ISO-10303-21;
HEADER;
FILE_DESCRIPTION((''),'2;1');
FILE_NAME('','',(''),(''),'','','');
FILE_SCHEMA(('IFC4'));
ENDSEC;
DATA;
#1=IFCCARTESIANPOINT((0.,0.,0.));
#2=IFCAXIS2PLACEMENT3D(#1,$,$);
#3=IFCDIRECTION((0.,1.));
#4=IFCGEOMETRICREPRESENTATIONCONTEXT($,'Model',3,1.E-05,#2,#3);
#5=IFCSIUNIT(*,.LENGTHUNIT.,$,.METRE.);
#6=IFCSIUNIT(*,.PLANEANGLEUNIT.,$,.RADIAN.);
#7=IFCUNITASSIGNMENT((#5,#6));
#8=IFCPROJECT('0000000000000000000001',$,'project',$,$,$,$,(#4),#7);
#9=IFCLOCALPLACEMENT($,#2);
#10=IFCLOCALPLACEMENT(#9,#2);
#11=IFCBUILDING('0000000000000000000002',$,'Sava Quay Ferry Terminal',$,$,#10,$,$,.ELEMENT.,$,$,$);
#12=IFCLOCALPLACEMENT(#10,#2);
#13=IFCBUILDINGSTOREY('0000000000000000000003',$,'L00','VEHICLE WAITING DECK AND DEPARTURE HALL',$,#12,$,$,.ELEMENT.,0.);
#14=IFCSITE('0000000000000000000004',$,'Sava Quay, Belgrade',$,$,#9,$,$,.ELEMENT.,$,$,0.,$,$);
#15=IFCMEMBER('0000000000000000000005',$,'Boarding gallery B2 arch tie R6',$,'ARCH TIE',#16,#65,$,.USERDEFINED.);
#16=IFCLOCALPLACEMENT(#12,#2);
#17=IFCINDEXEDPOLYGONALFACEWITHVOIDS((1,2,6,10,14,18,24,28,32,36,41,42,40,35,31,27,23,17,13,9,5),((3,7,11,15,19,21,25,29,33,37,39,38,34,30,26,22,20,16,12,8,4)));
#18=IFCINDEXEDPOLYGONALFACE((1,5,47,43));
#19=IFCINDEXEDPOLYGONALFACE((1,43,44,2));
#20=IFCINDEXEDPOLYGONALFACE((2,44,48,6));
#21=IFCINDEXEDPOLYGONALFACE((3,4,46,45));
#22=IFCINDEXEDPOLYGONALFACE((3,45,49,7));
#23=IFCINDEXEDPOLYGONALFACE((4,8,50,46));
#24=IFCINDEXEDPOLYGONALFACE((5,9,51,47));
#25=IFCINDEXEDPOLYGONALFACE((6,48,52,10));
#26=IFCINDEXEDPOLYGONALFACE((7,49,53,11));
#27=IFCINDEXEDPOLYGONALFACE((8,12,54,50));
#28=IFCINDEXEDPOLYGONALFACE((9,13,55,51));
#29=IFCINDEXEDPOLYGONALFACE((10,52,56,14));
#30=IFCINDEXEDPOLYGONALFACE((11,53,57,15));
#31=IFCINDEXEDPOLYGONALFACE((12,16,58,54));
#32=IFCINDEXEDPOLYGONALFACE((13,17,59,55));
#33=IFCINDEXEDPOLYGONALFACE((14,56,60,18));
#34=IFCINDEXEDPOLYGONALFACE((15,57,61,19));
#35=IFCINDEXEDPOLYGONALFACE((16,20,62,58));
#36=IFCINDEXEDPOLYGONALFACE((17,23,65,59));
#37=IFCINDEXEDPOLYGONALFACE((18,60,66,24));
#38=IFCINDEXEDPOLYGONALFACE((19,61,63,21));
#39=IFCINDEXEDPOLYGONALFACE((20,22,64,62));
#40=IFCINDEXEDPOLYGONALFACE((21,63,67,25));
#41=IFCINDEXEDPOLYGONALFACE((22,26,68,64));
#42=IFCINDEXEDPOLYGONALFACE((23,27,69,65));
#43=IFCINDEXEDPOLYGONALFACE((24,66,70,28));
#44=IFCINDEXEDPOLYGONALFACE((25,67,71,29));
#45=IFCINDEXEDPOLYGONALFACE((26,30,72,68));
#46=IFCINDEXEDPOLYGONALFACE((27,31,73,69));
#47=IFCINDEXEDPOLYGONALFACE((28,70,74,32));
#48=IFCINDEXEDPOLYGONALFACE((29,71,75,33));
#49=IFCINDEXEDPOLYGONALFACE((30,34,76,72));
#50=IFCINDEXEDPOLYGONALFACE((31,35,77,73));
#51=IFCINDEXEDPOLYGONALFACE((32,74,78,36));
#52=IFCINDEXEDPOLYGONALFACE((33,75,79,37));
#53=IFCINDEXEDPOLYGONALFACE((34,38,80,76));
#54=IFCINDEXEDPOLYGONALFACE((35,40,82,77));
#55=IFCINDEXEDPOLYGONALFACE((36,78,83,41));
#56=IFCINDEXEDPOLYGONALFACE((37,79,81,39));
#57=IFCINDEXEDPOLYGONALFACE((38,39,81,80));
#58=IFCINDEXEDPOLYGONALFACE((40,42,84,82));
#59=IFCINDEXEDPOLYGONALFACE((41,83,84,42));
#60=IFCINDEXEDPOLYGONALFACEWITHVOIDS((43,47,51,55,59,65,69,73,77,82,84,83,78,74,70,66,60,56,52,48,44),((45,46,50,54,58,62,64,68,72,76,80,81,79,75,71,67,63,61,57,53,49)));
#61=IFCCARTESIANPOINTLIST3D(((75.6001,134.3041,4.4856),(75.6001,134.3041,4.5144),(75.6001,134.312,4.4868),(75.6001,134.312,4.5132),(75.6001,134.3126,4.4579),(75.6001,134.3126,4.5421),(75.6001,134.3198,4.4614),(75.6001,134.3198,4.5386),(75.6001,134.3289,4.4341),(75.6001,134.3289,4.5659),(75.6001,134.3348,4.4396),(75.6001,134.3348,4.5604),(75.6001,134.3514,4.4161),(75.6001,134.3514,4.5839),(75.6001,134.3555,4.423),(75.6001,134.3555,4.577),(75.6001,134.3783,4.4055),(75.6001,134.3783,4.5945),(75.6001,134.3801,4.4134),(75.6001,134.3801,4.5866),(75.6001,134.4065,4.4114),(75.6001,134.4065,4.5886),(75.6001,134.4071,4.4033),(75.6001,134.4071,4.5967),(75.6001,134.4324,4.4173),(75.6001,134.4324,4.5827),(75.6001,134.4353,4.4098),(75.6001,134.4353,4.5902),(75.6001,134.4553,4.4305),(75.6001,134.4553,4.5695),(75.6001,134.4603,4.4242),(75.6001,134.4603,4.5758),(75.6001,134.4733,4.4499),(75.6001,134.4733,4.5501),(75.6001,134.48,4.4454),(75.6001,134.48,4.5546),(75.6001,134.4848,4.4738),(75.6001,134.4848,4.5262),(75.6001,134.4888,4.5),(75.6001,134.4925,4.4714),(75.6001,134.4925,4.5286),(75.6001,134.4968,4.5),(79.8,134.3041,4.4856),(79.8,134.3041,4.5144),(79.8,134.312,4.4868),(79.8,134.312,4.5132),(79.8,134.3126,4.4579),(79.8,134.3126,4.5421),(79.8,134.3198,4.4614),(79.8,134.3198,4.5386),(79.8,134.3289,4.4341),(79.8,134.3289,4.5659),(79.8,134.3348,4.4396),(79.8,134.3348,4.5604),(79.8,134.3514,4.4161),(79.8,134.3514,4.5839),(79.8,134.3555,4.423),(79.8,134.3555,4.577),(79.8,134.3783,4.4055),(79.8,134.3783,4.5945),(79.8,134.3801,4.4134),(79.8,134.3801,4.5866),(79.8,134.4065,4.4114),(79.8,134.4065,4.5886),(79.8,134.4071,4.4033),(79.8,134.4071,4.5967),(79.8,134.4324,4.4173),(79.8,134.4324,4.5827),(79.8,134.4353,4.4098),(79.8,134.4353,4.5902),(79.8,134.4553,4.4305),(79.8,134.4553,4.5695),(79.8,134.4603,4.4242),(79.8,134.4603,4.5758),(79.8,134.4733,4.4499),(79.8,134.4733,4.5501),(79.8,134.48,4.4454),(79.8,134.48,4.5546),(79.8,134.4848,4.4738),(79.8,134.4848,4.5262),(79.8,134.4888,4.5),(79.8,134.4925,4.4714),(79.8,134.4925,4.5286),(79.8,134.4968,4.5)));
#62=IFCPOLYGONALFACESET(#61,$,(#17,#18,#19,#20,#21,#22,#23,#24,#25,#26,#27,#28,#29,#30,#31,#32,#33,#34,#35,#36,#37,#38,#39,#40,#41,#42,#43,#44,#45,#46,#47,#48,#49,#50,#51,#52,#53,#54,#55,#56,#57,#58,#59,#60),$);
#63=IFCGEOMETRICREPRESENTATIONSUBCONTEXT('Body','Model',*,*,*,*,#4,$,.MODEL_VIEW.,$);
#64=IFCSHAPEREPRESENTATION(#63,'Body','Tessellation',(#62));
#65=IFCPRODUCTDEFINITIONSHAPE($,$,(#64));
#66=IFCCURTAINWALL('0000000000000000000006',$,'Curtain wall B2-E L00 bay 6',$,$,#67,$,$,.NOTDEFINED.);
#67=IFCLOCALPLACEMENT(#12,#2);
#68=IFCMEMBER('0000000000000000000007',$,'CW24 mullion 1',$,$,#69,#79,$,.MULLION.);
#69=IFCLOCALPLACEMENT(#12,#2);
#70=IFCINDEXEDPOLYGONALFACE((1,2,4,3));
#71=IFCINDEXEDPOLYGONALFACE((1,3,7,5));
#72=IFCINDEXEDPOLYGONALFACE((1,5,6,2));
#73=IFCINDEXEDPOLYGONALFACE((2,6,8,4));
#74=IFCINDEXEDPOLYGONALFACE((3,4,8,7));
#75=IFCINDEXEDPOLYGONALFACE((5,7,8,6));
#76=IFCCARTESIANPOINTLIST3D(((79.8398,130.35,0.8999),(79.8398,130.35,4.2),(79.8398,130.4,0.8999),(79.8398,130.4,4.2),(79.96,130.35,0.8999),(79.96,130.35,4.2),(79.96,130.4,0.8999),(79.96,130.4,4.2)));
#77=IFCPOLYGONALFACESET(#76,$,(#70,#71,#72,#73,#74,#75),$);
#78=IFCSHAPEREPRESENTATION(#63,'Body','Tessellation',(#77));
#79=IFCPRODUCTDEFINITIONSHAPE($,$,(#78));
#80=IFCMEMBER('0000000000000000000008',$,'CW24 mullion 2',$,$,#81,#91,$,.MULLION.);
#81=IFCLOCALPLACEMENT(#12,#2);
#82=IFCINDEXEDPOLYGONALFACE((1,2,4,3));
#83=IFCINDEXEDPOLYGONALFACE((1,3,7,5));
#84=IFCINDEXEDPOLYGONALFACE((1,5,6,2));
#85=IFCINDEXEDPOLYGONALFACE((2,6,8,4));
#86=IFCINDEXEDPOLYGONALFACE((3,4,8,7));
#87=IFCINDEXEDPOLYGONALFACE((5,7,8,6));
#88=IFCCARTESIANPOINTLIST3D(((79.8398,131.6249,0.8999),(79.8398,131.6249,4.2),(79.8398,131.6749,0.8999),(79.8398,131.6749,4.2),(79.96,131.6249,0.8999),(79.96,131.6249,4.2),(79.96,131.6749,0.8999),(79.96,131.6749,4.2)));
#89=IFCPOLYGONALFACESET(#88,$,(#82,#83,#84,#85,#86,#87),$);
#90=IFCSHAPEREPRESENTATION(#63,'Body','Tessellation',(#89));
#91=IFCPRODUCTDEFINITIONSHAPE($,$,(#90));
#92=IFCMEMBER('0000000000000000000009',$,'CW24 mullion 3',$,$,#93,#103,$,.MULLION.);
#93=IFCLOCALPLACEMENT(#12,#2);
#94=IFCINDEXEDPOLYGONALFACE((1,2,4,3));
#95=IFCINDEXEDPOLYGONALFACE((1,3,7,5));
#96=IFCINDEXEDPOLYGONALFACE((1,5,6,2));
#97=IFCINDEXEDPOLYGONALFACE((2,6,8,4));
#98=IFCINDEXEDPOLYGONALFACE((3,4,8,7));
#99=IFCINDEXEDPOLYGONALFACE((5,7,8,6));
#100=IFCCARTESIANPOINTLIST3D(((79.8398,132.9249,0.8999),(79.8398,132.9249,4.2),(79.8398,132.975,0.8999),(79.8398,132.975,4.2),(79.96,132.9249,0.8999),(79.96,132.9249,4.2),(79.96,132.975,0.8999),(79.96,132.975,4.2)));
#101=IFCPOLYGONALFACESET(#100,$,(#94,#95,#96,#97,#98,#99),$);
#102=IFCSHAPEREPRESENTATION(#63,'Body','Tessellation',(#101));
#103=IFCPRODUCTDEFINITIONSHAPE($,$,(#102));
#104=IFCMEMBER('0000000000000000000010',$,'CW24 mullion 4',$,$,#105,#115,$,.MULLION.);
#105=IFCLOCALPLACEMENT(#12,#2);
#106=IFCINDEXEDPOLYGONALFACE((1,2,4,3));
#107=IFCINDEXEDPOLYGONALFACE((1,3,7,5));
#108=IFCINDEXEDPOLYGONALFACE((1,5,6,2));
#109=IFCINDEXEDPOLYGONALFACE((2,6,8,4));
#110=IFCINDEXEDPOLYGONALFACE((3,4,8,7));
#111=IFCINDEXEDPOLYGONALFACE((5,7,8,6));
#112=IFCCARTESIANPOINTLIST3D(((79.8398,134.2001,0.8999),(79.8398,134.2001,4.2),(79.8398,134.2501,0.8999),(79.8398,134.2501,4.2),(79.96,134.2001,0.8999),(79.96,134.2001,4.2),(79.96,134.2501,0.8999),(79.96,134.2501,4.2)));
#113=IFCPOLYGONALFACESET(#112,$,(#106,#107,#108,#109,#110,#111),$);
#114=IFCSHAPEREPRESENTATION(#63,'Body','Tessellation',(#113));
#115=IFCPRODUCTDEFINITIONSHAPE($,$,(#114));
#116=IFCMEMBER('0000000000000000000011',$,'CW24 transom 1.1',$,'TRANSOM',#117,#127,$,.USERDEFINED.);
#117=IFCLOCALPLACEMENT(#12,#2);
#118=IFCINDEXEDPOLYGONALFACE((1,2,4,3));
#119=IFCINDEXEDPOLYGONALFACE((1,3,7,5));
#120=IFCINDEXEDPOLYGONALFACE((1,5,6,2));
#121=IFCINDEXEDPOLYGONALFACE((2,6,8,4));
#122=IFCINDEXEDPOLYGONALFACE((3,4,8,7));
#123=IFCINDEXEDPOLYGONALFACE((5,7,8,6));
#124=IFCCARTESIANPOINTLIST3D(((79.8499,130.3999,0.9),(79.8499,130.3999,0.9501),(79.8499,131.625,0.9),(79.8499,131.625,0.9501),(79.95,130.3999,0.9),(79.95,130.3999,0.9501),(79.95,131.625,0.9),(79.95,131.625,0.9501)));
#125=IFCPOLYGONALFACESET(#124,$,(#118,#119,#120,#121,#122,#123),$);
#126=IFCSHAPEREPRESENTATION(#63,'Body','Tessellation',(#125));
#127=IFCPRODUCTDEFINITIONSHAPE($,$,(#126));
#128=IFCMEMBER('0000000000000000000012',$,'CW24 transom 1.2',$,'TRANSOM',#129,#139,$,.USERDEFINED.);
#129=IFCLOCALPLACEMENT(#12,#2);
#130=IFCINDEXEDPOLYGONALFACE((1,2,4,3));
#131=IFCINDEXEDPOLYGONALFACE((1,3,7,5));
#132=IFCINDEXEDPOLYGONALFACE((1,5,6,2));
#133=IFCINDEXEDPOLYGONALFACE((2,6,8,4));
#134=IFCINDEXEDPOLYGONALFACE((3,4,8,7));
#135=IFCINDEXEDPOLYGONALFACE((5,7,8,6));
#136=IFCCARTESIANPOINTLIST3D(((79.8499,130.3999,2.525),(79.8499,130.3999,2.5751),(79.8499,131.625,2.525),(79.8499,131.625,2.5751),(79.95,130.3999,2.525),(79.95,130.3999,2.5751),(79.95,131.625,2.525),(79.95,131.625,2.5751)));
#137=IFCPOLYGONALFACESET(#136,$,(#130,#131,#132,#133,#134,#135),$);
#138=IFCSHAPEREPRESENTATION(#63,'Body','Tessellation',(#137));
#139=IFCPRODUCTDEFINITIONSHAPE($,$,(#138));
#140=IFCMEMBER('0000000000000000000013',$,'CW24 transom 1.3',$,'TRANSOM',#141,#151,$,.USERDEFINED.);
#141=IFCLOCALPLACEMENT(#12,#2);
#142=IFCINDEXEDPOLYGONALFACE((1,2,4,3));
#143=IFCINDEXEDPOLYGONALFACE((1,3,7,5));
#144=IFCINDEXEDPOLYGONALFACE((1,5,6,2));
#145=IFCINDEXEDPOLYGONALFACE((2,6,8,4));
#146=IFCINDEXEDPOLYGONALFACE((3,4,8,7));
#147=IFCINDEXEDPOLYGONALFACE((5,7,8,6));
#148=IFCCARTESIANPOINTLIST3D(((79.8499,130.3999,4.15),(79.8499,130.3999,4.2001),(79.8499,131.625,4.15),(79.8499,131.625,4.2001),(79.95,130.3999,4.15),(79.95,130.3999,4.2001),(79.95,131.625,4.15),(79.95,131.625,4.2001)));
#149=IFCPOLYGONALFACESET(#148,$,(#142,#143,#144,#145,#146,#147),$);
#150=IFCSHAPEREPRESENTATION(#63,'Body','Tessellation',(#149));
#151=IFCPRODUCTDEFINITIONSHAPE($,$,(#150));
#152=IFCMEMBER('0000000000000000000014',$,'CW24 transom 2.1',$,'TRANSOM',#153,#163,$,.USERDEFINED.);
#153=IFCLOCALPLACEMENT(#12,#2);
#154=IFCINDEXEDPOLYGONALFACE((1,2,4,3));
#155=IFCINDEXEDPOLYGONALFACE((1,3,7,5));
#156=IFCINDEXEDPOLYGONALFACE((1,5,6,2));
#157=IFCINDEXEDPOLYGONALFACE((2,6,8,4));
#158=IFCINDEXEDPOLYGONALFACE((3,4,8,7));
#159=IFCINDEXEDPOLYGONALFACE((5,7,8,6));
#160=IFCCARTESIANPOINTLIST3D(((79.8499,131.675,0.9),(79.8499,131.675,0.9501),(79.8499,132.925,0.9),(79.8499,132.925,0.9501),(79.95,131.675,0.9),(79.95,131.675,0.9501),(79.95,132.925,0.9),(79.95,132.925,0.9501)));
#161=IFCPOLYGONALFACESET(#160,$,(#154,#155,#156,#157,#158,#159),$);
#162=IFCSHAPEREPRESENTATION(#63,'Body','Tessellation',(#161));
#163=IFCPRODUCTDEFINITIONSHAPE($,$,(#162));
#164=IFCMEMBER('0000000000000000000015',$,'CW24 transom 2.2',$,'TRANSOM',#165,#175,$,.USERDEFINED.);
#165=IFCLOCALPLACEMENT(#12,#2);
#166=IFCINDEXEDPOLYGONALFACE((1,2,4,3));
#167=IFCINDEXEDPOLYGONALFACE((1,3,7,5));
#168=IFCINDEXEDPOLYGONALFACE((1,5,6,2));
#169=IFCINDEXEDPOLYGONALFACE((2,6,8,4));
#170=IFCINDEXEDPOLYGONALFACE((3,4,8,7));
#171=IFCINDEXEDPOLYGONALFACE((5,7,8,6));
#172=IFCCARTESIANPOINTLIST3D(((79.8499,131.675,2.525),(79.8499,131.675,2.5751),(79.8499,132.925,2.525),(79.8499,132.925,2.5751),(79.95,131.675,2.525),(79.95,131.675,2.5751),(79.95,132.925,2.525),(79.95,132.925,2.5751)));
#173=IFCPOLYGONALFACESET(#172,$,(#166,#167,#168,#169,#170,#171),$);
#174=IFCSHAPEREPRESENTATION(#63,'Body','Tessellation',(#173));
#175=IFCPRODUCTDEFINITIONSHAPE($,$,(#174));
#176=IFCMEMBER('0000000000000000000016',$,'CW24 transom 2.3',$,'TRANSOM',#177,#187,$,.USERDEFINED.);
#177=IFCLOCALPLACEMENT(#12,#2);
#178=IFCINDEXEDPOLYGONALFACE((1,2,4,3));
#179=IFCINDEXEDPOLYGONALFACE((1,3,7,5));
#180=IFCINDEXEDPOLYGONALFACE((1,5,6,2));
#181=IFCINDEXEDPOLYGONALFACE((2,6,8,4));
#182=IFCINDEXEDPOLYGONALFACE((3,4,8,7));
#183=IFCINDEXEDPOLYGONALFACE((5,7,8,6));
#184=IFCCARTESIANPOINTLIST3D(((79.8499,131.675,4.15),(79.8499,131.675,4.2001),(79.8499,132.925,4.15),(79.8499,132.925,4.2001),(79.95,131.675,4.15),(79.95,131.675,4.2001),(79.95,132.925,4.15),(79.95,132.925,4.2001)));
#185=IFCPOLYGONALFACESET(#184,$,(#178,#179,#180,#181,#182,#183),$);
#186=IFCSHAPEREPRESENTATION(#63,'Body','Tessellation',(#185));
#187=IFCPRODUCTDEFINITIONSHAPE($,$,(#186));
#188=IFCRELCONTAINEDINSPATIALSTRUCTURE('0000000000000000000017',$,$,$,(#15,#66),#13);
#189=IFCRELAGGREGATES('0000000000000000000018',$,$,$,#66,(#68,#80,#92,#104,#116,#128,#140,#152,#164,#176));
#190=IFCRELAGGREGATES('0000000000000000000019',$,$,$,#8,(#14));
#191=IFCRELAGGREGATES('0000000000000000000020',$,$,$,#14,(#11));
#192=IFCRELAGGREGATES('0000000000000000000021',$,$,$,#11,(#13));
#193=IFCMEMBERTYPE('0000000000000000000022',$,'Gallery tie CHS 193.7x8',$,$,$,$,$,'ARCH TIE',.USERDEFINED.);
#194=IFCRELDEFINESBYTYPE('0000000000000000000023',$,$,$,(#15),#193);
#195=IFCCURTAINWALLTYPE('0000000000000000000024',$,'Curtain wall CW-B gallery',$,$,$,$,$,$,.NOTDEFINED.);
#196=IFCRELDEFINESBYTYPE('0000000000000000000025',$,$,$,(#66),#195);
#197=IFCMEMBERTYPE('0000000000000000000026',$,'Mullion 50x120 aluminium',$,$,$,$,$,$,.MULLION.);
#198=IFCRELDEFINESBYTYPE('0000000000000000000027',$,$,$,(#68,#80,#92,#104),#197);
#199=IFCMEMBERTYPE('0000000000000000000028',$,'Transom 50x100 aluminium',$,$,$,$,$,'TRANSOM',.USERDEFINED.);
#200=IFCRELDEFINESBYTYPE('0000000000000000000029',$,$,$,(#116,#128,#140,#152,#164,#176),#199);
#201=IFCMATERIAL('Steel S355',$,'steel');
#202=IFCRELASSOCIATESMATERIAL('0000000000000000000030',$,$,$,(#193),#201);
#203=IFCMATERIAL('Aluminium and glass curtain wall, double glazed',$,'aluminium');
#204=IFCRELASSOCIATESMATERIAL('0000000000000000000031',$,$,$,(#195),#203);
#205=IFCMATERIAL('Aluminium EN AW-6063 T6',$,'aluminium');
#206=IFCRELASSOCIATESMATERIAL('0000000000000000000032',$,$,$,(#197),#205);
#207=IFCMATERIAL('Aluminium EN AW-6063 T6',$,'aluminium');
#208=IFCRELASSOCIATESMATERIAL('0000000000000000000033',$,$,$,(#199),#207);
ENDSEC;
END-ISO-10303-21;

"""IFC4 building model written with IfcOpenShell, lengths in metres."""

from ifc_helpers import new_model, si_unit, direction, frame, origin, origin_2d, place, context, subcontext, project, spatial, rectangle, hollow_circle, extrude, material, material_profile, profile_set, type_object, element, aggregate, save


model = new_model("IFC4")

# Units and contexts
model_context = context("Model", 3, precision=1e-05, world=origin(), true_north=direction((0.0, 1.0)))
body_context = subcontext(model_context, "Body", "Model", "MODEL_VIEW")
ifc_project = project(units=[si_unit("LENGTHUNIT", "METRE"), si_unit("PLANEANGLEUNIT", "RADIAN")], contexts=[model_context])

# Site, building, storey
site_placement = place(None, origin())
site = spatial("IfcSite", under=ifc_project, at=site_placement, Name="Sava Quay, Belgrade", CompositionType="ELEMENT", RefElevation=0.0)
building_placement = place(site_placement, origin())
building = spatial("IfcBuilding", under=site, at=building_placement, Name="Sava Quay Ferry Terminal", CompositionType="ELEMENT")
storey_placement = place(building_placement, origin())
storey = spatial("IfcBuildingStorey", under=building, at=storey_placement, Name="L00", Description="VEHICLE WAITING DECK AND DEPARTURE HALL", CompositionType="ELEMENT", Elevation=0.0)

# Member
ifc_material_1 = material(Name="Steel S355", Category="steel")
ifc_material_profile_1 = material_profile(ifc_material_1, hollow_circle(Radius=0.0969, WallThickness=0.0081, at=origin_2d()), Name="CHS 193.7 x 8.0")
ifc_profile_set_1 = profile_set([ifc_material_profile_1], Name="Steel S355")
member_type_1 = type_object("IfcMemberType", Name="Gallery tie CHS 193.7x8", ElementType="ARCH TIE", PredefinedType="USERDEFINED", material=ifc_profile_set_1)
member_1_placement = place(storey_placement, frame((75.6001, 134.3999, 4.5), z_axis=(1.0, 0.0, 0.0), x_axis=(0.0, 1.0, 0.0)))
element("IfcMember", 1, at=member_1_placement, inside=storey, type_object=member_type_1, Name="Boarding gallery B2 arch tie R6", ObjectType="ARCH TIE", PredefinedType="USERDEFINED", context=body_context, shape_type="SweptSolid", body=[
    extrude(hollow_circle(Radius=0.0969, WallThickness=0.0081, at=origin_2d()), origin(), (0.0, 0.0, 1.0), 4.2),
])

# Curtain wall, members
ifc_material_2 = material(Name="Aluminium and glass curtain wall, double glazed", Category="aluminium")
curtain_wall_type = type_object("IfcCurtainWallType", Name="Curtain wall CW-B gallery", PredefinedType="NOTDEFINED", material=ifc_material_2)
curtain_wall_placement = place(storey_placement, origin())
curtain_wall = element("IfcCurtainWall", 2, at=curtain_wall_placement, inside=storey, type_object=curtain_wall_type, Name="Curtain wall B2-E L00 bay 6", PredefinedType="NOTDEFINED")
ifc_material_3 = material(Name="Aluminium EN AW-6063 T6", Category="aluminium")
ifc_material_profile_2 = material_profile(ifc_material_3, rectangle(XDim=0.1201, YDim=0.05, at=origin_2d()), Name="Mullion 50x120 aluminium")
ifc_profile_set_2 = profile_set([ifc_material_profile_2], Name="Aluminium EN AW-6063 T6")
member_type_2 = type_object("IfcMemberType", Name="Mullion 50x120 aluminium", PredefinedType="MULLION", material=ifc_profile_set_2)
member_2_placement = place(storey_placement, frame((79.8999, 130.375, 0.8999), z_axis=(0.0, 0.0, 1.0), x_axis=(-1.0, 0.0, 0.0)))
member_2 = element("IfcMember", 3, at=member_2_placement, type_object=member_type_2, Name="CW24 mullion 1", PredefinedType="MULLION", context=body_context, shape_type="SweptSolid", body=[
    extrude(rectangle(XDim=0.1201, YDim=0.05, at=origin_2d()), origin(), (0.0, 0.0, 1.0), 3.3),
])
member_3_placement = place(storey_placement, frame((79.8999, 131.6499, 0.8999), z_axis=(0.0, 0.0, 1.0), x_axis=(-1.0, 0.0, 0.0)))
member_3 = element("IfcMember", 4, at=member_3_placement, type_object=member_type_2, Name="CW24 mullion 2", PredefinedType="MULLION", context=body_context, shape_type="SweptSolid", body=[
    extrude(rectangle(XDim=0.1201, YDim=0.05, at=origin_2d()), origin(), (0.0, 0.0, 1.0), 3.3),
])
member_4_placement = place(storey_placement, frame((79.8999, 132.95, 0.8999), z_axis=(0.0, 0.0, 1.0), x_axis=(-1.0, 0.0, 0.0)))
member_4 = element("IfcMember", 5, at=member_4_placement, type_object=member_type_2, Name="CW24 mullion 3", PredefinedType="MULLION", context=body_context, shape_type="SweptSolid", body=[
    extrude(rectangle(XDim=0.1201, YDim=0.05, at=origin_2d()), origin(), (0.0, 0.0, 1.0), 3.3),
])
member_5_placement = place(storey_placement, frame((79.8999, 134.2251, 0.8999), z_axis=(0.0, 0.0, 1.0), x_axis=(-1.0, 0.0, 0.0)))
member_5 = element("IfcMember", 6, at=member_5_placement, type_object=member_type_2, Name="CW24 mullion 4", PredefinedType="MULLION", context=body_context, shape_type="SweptSolid", body=[
    extrude(rectangle(XDim=0.1201, YDim=0.05, at=origin_2d()), origin(), (0.0, 0.0, 1.0), 3.3),
])
ifc_material_4 = material(Name="Aluminium EN AW-6063 T6", Category="aluminium")
ifc_material_profile_3 = material_profile(ifc_material_4, rectangle(XDim=0.1001, YDim=0.05, at=origin_2d()), Name="Transom 50x100 aluminium")
ifc_profile_set_3 = profile_set([ifc_material_profile_3], Name="Aluminium EN AW-6063 T6")
member_type_3 = type_object("IfcMemberType", Name="Transom 50x100 aluminium", ElementType="TRANSOM", PredefinedType="USERDEFINED", material=ifc_profile_set_3)
member_6_placement = place(storey_placement, frame((79.8999, 130.3999, 0.925), z_axis=(0.0, 1.0, 0.0), x_axis=(-1.0, 0.0, 0.0)))
member_6 = element("IfcMember", 7, at=member_6_placement, type_object=member_type_3, Name="CW24 transom 1.1", ObjectType="TRANSOM", PredefinedType="USERDEFINED", context=body_context, shape_type="SweptSolid", body=[
    extrude(rectangle(XDim=0.1001, YDim=0.05, at=origin_2d()), origin(), (0.0, 0.0, 1.0), 1.2251),
])
member_7_placement = place(storey_placement, frame((79.8999, 130.3999, 2.55), z_axis=(0.0, 1.0, 0.0), x_axis=(-1.0, 0.0, 0.0)))
member_7 = element("IfcMember", 8, at=member_7_placement, type_object=member_type_3, Name="CW24 transom 1.2", ObjectType="TRANSOM", PredefinedType="USERDEFINED", context=body_context, shape_type="SweptSolid", body=[
    extrude(rectangle(XDim=0.1001, YDim=0.05, at=origin_2d()), origin(), (0.0, 0.0, 1.0), 1.2251),
])
member_8_placement = place(storey_placement, frame((79.8999, 130.3999, 4.175), z_axis=(0.0, 1.0, 0.0), x_axis=(-1.0, 0.0, 0.0)))
member_8 = element("IfcMember", 9, at=member_8_placement, type_object=member_type_3, Name="CW24 transom 1.3", ObjectType="TRANSOM", PredefinedType="USERDEFINED", context=body_context, shape_type="SweptSolid", body=[
    extrude(rectangle(XDim=0.1001, YDim=0.05, at=origin_2d()), origin(), (0.0, 0.0, 1.0), 1.2251),
])
member_9_placement = place(storey_placement, frame((79.8999, 131.675, 0.925), z_axis=(0.0, 1.0, 0.0), x_axis=(-1.0, 0.0, 0.0)))
member_9 = element("IfcMember", 10, at=member_9_placement, type_object=member_type_3, Name="CW24 transom 2.1", ObjectType="TRANSOM", PredefinedType="USERDEFINED", context=body_context, shape_type="SweptSolid", body=[
    extrude(rectangle(XDim=0.1001, YDim=0.05, at=origin_2d()), origin(), (0.0, 0.0, 1.0), 1.25),
])
member_10_placement = place(storey_placement, frame((79.8999, 131.675, 2.55), z_axis=(0.0, 1.0, 0.0), x_axis=(-1.0, 0.0, 0.0)))
member_10 = element("IfcMember", 11, at=member_10_placement, type_object=member_type_3, Name="CW24 transom 2.2", ObjectType="TRANSOM", PredefinedType="USERDEFINED", context=body_context, shape_type="SweptSolid", body=[
    extrude(rectangle(XDim=0.1001, YDim=0.05, at=origin_2d()), origin(), (0.0, 0.0, 1.0), 1.25),
])
member_11_placement = place(storey_placement, frame((79.8999, 131.675, 4.175), z_axis=(0.0, 1.0, 0.0), x_axis=(-1.0, 0.0, 0.0)))
member_11 = element("IfcMember", 12, at=member_11_placement, type_object=member_type_3, Name="CW24 transom 2.3", ObjectType="TRANSOM", PredefinedType="USERDEFINED", context=body_context, shape_type="SweptSolid", body=[
    extrude(rectangle(XDim=0.1001, YDim=0.05, at=origin_2d()), origin(), (0.0, 0.0, 1.0), 1.25),
])
aggregate(curtain_wall, [member_2, member_3, member_4, member_5, member_6, member_7, member_8, member_9, member_10, member_11])

save(model, "model.ifc")
